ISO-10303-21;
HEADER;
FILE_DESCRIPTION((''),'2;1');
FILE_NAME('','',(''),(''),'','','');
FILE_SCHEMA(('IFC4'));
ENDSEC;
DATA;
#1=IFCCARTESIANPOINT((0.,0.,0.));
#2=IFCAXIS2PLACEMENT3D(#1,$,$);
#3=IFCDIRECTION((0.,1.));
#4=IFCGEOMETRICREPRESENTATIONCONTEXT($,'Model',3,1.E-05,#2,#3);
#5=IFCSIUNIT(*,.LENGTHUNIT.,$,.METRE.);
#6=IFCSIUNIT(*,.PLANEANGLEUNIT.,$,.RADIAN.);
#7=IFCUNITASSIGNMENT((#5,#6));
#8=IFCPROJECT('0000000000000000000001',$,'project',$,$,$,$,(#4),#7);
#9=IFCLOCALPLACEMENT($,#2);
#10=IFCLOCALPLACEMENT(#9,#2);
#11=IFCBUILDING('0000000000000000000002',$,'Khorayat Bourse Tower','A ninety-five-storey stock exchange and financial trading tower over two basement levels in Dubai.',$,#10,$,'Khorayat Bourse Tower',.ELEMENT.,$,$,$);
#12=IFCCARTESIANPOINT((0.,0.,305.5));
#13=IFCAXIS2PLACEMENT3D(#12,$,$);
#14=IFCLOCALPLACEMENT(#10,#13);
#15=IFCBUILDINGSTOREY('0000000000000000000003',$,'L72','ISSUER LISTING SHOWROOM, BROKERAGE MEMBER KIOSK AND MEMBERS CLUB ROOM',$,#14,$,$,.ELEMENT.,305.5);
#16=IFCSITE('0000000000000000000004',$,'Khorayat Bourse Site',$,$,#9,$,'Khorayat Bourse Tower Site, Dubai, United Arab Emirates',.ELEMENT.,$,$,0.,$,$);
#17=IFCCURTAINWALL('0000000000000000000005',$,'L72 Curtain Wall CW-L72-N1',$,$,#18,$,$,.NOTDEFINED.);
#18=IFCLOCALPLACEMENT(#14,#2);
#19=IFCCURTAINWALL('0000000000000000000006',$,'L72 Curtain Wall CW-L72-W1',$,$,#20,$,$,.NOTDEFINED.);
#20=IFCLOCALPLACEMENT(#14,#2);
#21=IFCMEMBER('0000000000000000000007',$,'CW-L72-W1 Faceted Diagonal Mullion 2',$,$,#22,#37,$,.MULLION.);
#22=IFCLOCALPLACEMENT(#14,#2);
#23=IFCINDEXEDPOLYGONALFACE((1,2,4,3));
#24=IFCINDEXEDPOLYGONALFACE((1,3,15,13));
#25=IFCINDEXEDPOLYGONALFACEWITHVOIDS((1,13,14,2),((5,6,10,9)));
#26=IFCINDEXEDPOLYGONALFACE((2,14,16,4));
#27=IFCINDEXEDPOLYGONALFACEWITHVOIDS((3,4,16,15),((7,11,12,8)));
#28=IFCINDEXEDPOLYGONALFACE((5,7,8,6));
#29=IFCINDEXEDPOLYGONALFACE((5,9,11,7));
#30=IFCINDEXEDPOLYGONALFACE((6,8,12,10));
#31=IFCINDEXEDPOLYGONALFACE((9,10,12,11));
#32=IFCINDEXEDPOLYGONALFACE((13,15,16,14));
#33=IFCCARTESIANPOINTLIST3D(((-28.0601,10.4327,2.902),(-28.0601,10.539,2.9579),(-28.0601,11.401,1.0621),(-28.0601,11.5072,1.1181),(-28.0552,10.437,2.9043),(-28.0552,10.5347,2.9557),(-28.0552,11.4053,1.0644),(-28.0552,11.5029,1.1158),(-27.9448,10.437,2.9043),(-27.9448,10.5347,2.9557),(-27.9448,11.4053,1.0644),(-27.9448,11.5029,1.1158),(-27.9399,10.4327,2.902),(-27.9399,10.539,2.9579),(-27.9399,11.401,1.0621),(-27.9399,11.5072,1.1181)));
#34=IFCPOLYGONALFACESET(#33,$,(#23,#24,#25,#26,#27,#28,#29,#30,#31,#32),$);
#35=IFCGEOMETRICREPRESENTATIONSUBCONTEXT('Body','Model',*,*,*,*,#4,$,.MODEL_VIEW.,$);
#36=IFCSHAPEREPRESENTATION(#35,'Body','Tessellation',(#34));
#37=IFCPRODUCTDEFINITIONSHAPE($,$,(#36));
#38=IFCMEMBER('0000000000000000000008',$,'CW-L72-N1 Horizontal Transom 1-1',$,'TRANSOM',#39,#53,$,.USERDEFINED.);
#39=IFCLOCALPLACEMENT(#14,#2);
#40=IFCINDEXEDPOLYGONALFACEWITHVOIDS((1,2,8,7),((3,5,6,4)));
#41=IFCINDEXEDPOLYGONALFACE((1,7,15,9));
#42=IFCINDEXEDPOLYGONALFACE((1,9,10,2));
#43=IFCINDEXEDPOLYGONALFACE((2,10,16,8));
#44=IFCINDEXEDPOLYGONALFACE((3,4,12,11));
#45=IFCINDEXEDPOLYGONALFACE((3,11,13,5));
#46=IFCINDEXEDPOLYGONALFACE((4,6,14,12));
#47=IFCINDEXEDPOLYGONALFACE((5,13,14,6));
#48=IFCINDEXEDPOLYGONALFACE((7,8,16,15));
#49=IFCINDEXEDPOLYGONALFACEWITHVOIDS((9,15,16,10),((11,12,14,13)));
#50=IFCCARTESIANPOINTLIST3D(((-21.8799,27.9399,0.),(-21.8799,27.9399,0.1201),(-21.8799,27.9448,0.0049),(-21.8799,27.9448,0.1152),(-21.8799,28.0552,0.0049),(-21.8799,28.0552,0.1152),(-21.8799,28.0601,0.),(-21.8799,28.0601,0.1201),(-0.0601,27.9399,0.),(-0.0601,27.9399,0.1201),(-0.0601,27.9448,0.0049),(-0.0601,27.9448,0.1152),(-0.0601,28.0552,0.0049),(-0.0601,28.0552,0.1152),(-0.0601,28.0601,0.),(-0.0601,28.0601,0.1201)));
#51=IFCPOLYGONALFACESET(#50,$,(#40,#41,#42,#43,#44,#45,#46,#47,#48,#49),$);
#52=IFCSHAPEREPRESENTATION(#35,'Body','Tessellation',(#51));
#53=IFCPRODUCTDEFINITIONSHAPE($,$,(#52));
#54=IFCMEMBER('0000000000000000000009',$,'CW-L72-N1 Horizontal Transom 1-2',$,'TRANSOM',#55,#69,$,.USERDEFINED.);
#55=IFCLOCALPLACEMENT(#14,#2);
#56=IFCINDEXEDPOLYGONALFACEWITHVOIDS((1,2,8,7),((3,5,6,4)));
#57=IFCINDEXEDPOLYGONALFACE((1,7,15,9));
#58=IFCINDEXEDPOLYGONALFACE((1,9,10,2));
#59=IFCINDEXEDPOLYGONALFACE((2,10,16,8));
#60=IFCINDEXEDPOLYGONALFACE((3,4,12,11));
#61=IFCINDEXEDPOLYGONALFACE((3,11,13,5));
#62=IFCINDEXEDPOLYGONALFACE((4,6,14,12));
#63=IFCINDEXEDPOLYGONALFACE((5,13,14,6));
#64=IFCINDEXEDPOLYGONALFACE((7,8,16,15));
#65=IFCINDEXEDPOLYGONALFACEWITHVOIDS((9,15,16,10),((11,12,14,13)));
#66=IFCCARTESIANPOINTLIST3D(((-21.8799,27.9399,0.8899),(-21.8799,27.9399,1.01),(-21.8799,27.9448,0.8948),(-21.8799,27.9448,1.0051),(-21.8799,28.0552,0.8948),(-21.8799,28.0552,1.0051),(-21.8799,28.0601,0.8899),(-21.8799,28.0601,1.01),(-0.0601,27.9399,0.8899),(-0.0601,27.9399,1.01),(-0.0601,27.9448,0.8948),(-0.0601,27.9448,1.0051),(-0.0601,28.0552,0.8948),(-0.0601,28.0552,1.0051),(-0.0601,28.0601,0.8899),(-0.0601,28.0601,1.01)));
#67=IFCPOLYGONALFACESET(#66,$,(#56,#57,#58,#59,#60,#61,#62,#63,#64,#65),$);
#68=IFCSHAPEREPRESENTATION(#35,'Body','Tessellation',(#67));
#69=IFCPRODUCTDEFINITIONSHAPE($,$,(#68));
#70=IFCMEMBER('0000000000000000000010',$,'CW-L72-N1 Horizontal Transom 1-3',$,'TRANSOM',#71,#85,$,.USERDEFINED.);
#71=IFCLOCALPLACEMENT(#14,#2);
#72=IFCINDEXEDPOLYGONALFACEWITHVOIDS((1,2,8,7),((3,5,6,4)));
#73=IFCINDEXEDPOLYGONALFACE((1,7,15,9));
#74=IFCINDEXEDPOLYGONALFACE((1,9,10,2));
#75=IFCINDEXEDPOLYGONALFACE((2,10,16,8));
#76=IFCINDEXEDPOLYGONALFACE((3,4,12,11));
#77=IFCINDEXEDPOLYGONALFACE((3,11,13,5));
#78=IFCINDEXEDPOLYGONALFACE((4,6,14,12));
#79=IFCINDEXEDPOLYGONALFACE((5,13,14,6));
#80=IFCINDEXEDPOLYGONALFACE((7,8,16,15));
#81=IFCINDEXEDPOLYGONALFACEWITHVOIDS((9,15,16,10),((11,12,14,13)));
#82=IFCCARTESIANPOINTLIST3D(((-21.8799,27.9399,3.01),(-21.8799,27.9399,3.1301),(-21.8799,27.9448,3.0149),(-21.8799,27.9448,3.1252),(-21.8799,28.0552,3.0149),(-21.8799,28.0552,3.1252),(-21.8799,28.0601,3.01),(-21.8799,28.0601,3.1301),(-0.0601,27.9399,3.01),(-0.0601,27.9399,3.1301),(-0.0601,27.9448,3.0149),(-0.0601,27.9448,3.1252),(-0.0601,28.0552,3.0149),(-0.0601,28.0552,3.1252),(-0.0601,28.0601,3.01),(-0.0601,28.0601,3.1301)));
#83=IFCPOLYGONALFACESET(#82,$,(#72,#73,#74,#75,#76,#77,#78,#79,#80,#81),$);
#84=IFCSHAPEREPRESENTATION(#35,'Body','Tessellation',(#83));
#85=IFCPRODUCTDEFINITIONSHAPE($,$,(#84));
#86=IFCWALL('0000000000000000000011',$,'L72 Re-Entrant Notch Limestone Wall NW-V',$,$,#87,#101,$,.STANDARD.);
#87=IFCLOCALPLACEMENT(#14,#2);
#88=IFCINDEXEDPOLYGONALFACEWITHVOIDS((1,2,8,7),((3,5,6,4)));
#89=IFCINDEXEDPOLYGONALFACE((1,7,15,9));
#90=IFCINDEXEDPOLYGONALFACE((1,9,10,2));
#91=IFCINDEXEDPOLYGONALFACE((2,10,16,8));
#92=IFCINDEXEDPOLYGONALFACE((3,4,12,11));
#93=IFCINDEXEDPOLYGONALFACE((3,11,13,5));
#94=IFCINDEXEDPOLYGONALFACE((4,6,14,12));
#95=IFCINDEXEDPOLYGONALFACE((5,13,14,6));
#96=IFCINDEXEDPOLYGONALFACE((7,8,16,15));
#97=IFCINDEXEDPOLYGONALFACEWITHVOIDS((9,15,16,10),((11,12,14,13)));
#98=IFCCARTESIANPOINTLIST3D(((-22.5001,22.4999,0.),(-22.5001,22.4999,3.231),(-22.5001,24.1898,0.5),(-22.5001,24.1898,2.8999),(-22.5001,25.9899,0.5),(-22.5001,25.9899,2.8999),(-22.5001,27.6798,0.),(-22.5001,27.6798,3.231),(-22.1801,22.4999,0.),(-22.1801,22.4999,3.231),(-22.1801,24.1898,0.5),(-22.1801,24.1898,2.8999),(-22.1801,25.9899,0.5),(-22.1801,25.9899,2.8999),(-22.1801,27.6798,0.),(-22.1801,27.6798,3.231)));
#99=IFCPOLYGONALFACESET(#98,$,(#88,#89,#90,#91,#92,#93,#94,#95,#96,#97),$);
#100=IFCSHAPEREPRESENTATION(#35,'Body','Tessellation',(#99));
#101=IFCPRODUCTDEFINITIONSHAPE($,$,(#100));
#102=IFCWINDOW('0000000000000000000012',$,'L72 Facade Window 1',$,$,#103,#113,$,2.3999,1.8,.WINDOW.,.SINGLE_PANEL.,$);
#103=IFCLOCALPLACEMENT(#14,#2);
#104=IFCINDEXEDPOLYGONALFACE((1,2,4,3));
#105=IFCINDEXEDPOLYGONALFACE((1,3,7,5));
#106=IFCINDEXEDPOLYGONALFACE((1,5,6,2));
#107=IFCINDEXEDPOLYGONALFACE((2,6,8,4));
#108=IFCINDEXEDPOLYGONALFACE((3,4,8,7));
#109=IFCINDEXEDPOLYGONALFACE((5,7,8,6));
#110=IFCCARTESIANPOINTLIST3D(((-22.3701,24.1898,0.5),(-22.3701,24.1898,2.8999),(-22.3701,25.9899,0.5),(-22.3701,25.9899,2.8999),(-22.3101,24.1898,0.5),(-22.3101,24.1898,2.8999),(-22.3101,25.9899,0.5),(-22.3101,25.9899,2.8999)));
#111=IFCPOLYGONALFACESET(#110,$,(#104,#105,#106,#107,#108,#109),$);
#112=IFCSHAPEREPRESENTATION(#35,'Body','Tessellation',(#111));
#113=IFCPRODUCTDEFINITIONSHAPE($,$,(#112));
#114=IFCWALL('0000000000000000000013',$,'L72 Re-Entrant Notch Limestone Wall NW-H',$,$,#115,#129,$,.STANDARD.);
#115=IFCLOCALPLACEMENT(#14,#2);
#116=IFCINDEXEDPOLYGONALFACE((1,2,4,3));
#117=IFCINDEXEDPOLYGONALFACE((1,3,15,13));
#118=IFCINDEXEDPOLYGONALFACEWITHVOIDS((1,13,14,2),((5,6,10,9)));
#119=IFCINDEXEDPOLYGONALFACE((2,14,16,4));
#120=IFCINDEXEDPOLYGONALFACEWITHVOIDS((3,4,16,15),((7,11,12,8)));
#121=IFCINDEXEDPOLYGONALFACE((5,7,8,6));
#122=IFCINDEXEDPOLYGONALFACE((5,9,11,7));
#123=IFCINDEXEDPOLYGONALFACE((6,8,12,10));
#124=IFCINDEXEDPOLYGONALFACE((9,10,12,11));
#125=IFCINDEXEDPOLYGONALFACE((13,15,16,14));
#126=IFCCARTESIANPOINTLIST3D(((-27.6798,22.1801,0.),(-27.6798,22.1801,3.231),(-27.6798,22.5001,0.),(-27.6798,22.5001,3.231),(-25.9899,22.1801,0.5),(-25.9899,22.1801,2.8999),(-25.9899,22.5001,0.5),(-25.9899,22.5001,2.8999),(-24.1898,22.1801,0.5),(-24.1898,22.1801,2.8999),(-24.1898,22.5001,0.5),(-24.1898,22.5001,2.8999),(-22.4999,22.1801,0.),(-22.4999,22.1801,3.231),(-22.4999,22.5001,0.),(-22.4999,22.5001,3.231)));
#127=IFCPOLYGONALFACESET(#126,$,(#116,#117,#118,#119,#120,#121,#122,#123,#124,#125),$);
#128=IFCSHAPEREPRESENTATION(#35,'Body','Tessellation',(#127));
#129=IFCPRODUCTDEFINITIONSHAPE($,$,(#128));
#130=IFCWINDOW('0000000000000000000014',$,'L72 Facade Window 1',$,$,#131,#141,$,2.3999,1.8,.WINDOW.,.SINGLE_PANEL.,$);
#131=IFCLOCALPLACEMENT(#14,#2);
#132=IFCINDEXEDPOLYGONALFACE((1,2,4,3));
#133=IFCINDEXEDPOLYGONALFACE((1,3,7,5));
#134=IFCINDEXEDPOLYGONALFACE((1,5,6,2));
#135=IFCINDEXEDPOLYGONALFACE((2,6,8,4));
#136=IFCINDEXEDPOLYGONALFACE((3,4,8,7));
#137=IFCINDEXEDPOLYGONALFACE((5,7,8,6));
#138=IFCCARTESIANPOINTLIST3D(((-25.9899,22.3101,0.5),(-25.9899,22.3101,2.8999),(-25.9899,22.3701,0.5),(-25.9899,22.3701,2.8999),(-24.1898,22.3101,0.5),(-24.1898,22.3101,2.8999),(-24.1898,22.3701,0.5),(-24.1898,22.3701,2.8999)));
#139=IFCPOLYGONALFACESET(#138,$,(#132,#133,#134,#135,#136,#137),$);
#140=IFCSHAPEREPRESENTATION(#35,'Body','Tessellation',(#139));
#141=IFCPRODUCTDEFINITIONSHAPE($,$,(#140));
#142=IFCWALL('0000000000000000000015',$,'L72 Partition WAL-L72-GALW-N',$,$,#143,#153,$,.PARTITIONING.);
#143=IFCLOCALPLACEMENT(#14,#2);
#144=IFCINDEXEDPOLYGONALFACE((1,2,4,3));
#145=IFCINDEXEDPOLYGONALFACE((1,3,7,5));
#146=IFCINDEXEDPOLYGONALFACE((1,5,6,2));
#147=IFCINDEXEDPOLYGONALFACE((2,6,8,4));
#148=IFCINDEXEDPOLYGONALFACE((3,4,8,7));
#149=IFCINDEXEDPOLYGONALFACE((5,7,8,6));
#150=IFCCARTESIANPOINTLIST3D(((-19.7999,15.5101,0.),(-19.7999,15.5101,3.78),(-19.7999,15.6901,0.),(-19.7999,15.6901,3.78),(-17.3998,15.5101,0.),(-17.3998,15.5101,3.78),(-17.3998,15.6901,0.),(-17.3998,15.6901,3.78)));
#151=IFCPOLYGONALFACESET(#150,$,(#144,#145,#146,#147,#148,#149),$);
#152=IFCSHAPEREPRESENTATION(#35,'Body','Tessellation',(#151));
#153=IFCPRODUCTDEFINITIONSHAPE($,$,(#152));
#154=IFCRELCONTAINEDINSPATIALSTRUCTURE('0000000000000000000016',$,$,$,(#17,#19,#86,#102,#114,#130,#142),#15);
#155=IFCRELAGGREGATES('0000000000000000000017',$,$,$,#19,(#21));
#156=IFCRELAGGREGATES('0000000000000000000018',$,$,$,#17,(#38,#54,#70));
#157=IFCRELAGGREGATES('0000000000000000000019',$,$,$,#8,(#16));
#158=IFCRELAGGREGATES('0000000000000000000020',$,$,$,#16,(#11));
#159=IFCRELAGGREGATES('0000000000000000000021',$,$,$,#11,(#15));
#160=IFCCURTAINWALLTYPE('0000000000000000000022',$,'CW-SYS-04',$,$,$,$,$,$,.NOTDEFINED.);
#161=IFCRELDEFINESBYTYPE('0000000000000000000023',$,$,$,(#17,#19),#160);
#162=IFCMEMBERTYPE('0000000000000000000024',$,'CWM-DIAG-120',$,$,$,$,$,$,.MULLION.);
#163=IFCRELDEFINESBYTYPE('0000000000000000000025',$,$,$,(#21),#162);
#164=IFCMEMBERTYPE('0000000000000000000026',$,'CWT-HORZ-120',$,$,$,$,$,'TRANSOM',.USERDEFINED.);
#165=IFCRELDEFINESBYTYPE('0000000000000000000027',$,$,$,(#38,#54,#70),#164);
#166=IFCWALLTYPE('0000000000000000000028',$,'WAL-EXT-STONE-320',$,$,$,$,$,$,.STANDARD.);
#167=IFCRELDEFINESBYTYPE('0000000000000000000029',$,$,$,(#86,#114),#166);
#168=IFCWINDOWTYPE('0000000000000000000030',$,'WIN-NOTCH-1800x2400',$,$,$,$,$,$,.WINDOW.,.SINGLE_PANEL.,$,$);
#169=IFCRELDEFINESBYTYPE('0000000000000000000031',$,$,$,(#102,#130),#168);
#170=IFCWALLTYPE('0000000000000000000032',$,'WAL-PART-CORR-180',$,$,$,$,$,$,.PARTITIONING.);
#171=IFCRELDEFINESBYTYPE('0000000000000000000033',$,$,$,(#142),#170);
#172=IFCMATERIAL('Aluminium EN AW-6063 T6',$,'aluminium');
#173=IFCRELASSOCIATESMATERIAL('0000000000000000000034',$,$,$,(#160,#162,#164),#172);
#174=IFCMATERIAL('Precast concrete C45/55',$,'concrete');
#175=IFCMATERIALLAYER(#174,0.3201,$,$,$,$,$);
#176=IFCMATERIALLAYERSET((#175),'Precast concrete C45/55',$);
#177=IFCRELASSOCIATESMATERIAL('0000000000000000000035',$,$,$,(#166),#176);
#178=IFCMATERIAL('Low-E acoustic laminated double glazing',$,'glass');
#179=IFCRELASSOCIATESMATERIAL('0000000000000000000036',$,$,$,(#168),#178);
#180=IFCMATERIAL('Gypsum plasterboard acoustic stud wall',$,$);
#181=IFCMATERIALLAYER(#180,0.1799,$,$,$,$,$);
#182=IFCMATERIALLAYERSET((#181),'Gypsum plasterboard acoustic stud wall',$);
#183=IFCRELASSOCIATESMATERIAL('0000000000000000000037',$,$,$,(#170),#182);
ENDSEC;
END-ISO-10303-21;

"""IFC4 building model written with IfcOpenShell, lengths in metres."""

from ifc_helpers import new_model, si_unit, direction, frame, frame_2d, origin, origin_2d, place, context, subcontext, project, spatial, rectangle, hollow_rectangle, extrude, source, transform, mapped, material, layer, layer_set, material_profile, profile_set, type_object, element, fill, aggregate, save


model = new_model("IFC4")

# Units and contexts
model_context = context("Model", 3, precision=1e-05, world=origin(), true_north=direction((0.0, 1.0)))
body_context = subcontext(model_context, "Body", "Model", "MODEL_VIEW")
ifc_project = project(units=[si_unit("LENGTHUNIT", "METRE"), si_unit("PLANEANGLEUNIT", "RADIAN")], contexts=[model_context])

# Site, building, storey
site_placement = place(None, origin())
site = spatial("IfcSite", under=ifc_project, at=site_placement, Name="Khorayat Bourse Site", LongName="Khorayat Bourse Tower Site, Dubai, United Arab Emirates", CompositionType="ELEMENT", RefElevation=0.0)
building_placement = place(site_placement, origin())
building = spatial("IfcBuilding", under=site, at=building_placement, Name="Khorayat Bourse Tower", Description="A ninety-five-storey stock exchange and financial trading tower over two basement levels in Dubai.", LongName="Khorayat Bourse Tower", CompositionType="ELEMENT")
storey_placement = place(building_placement, frame((0.0, 0.0, 305.5)))
storey = spatial("IfcBuildingStorey", under=building, at=storey_placement, Name="L72", Description="ISSUER LISTING SHOWROOM, BROKERAGE MEMBER KIOSK AND MEMBERS CLUB ROOM", CompositionType="ELEMENT", Elevation=305.5)

# Curtain wall
ifc_material_1 = material(Name="Aluminium EN AW-6063 T6", Category="aluminium")
curtain_wall_type = type_object("IfcCurtainWallType", Name="CW-SYS-04", PredefinedType="NOTDEFINED", material=ifc_material_1)
curtain_wall_1_placement = place(storey_placement, origin())
curtain_wall_1 = element("IfcCurtainWall", 1, at=curtain_wall_1_placement, inside=storey, type_object=curtain_wall_type, Name="L72 Curtain Wall CW-L72-N1", PredefinedType="NOTDEFINED")

# Curtain wall, member
curtain_wall_2_placement = place(storey_placement, origin())
curtain_wall_2 = element("IfcCurtainWall", 2, at=curtain_wall_2_placement, inside=storey, type_object=curtain_wall_type, Name="L72 Curtain Wall CW-L72-W1", PredefinedType="NOTDEFINED")
ifc_material_profile_1 = material_profile(ifc_material_1, hollow_rectangle(XDim=0.1201, YDim=0.1201, WallThickness=0.0049, at=origin_2d()), Name="ALU 120x120x5")
ifc_profile_set_1 = profile_set([ifc_material_profile_1], Name="Aluminium EN AW-6063 T6")
member_type_1 = type_object("IfcMemberType", Name="CWM-DIAG-120", PredefinedType="MULLION", material=ifc_profile_set_1)
shared_shape_1 = source(origin(), body_context, "Body", "SweptSolid", [
    extrude(hollow_rectangle(XDim=0.1201, YDim=0.1201, WallThickness=0.0049, at=origin_2d()), origin(), (0.0, 0.0, 1.0), 2.0791),
])
member_1_placement = place(storey_placement, frame((-28.0, 11.4541, 1.0901), z_axis=(0.0, -0.465717, 0.884934), x_axis=(1.0, 0.0, 0.0)))
member_1 = element("IfcMember", 3, at=member_1_placement, type_object=member_type_1, Name="CW-L72-W1 Faceted Diagonal Mullion 2", PredefinedType="MULLION", context=body_context, shape_type="MappedRepresentation", body=[
    mapped(shared_shape_1, transform((0.0, 0.0, 0.0), scale=1.0)),
])
aggregate(curtain_wall_2, [member_1])

# Members
ifc_material_profile_2 = material_profile(ifc_material_1, hollow_rectangle(XDim=0.1201, YDim=0.1201, WallThickness=0.0049, at=origin_2d()), Name="ALU 120x120x5")
ifc_profile_set_2 = profile_set([ifc_material_profile_2], Name="Aluminium EN AW-6063 T6")
member_type_2 = type_object("IfcMemberType", Name="CWT-HORZ-120", ElementType="TRANSOM", PredefinedType="USERDEFINED", material=ifc_profile_set_2)
shared_shape_2 = source(origin(), body_context, "Body", "SweptSolid", [
    extrude(hollow_rectangle(XDim=0.1201, YDim=0.1201, WallThickness=0.0049, at=origin_2d()), origin(), (0.0, 0.0, 1.0), 21.8198),
])
member_2_placement = place(storey_placement, frame((-21.8799, 28.0, 0.0601), z_axis=(1.0, 0.0, 0.0), x_axis=(0.0, 1.0, 0.0)))
member_2 = element("IfcMember", 4, at=member_2_placement, type_object=member_type_2, Name="CW-L72-N1 Horizontal Transom 1-1", ObjectType="TRANSOM", PredefinedType="USERDEFINED", context=body_context, shape_type="MappedRepresentation", body=[
    mapped(shared_shape_2, transform((0.0, 0.0, 0.0), scale=1.0)),
])
member_3_placement = place(storey_placement, frame((-21.8799, 28.0, 0.95), z_axis=(1.0, 0.0, 0.0), x_axis=(0.0, 1.0, 0.0)))
member_3 = element("IfcMember", 5, at=member_3_placement, type_object=member_type_2, Name="CW-L72-N1 Horizontal Transom 1-2", ObjectType="TRANSOM", PredefinedType="USERDEFINED", context=body_context, shape_type="MappedRepresentation", body=[
    mapped(shared_shape_2, transform((0.0, 0.0, 0.0), scale=1.0)),
])
member_4_placement = place(storey_placement, frame((-21.8799, 28.0, 3.0701), z_axis=(1.0, 0.0, 0.0), x_axis=(0.0, 1.0, 0.0)))
member_4 = element("IfcMember", 6, at=member_4_placement, type_object=member_type_2, Name="CW-L72-N1 Horizontal Transom 1-3", ObjectType="TRANSOM", PredefinedType="USERDEFINED", context=body_context, shape_type="MappedRepresentation", body=[
    mapped(shared_shape_2, transform((0.0, 0.0, 0.0), scale=1.0)),
])
aggregate(curtain_wall_1, [member_2, member_3, member_4])

# Walls, openings, windows
ifc_material_2 = material(Name="Precast concrete C45/55", Category="concrete")
ifc_layer_1 = layer(ifc_material_2, 0.3201)
ifc_layer_set_1 = layer_set([ifc_layer_1], Name="Precast concrete C45/55")
wall_type_1 = type_object("IfcWallType", Name="WAL-EXT-STONE-320", PredefinedType="STANDARD", material=ifc_layer_set_1)
shared_shape_3 = source(origin(), body_context, "Body", "SweptSolid", [
    extrude(rectangle(XDim=5.1799, YDim=0.3201, at=frame_2d((2.5898, 0.0))), origin(), (0.0, 0.0, 1.0), 3.231),
])
wall_1_placement = place(storey_placement, frame((-22.3401, 22.5, 0.0), z_axis=(0.0, 0.0, 1.0), x_axis=(0.0, 1.0, 0.0)))
wall_1 = element("IfcWall", 7, at=wall_1_placement, inside=storey, type_object=wall_type_1, Name="L72 Re-Entrant Notch Limestone Wall NW-V", PredefinedType="STANDARD", context=body_context, shape_type="MappedRepresentation", body=[
    mapped(shared_shape_3, transform((0.0, 0.0, 0.0), scale=1.0)),
])
shared_shape_4 = source(origin(), body_context, "Body", "SweptSolid", [
    extrude(rectangle(XDim=1.8, YDim=2.3999, at=frame_2d((0.8999, 1.2))), frame((0.0, 0.1699, 0.0), z_axis=(0.0, -1.0, 0.0), x_axis=(1.0, 0.0, 0.0)), (0.0, 0.0, 1.0), 0.3401),
])
opening_1_placement = place(wall_1_placement, frame((1.6899, 0.0, 0.5)))
opening_1 = element("IfcOpeningElement", 8, at=opening_1_placement, cuts=wall_1, PredefinedType="OPENING", context=body_context, shape_type="MappedRepresentation", body=[
    mapped(shared_shape_4, transform((0.0, 0.0, 0.0), scale=1.0)),
])
ifc_material_3 = material(Name="Low-E acoustic laminated double glazing", Category="glass")
window_type = type_object("IfcWindowType", Name="WIN-NOTCH-1800x2400", PartitioningType="SINGLE_PANEL", PredefinedType="WINDOW", material=ifc_material_3)
shared_shape_5 = source(origin(), body_context, "Body", "SweptSolid", [
    extrude(rectangle(XDim=1.8, YDim=2.3999, at=frame_2d((0.8999, 1.2))), frame((0.0, 0.03, 0.0), z_axis=(0.0, -1.0, 0.0), x_axis=(1.0, 0.0, 0.0)), (0.0, 0.0, 1.0), 0.0601),
])
window_1_placement = place(opening_1_placement, origin())
window_1 = element("IfcWindow", 9, at=window_1_placement, inside=storey, type_object=window_type, Name="L72 Facade Window 1", OverallHeight=2.3999, OverallWidth=1.8, PartitioningType="SINGLE_PANEL", PredefinedType="WINDOW", context=body_context, shape_type="MappedRepresentation", body=[
    mapped(shared_shape_5, transform((0.0, 0.0, 0.0), scale=1.0)),
])
fill(opening_1, window_1)
wall_2_placement = place(storey_placement, frame((-22.5, 22.3401, 0.0), z_axis=(0.0, 0.0, 1.0), x_axis=(-1.0, 0.0, 0.0)))
wall_2 = element("IfcWall", 10, at=wall_2_placement, inside=storey, type_object=wall_type_1, Name="L72 Re-Entrant Notch Limestone Wall NW-H", PredefinedType="STANDARD", context=body_context, shape_type="MappedRepresentation", body=[
    mapped(shared_shape_3, transform((0.0, 0.0, 0.0), scale=1.0)),
])
opening_2_placement = place(wall_2_placement, frame((1.6899, 0.0, 0.5)))
opening_2 = element("IfcOpeningElement", 11, at=opening_2_placement, cuts=wall_2, PredefinedType="OPENING", context=body_context, shape_type="MappedRepresentation", body=[
    mapped(shared_shape_4, transform((0.0, 0.0, 0.0), scale=1.0)),
])
window_2_placement = place(opening_2_placement, origin())
window_2 = element("IfcWindow", 12, at=window_2_placement, inside=storey, type_object=window_type, Name="L72 Facade Window 1", OverallHeight=2.3999, OverallWidth=1.8, PartitioningType="SINGLE_PANEL", PredefinedType="WINDOW", context=body_context, shape_type="MappedRepresentation", body=[
    mapped(shared_shape_5, transform((0.0, 0.0, 0.0), scale=1.0)),
])
fill(opening_2, window_2)

# Wall
ifc_material_4 = material(Name="Gypsum plasterboard acoustic stud wall")
ifc_layer_2 = layer(ifc_material_4, 0.1799)
ifc_layer_set_2 = layer_set([ifc_layer_2], Name="Gypsum plasterboard acoustic stud wall")
wall_type_2 = type_object("IfcWallType", Name="WAL-PART-CORR-180", PredefinedType="PARTITIONING", material=ifc_layer_set_2)
shared_shape_6 = source(origin(), body_context, "Body", "SweptSolid", [
    extrude(rectangle(XDim=2.4001, YDim=0.1799, at=frame_2d((1.2002, 0.0))), origin(), (0.0, 0.0, 1.0), 3.78),
])
wall_3_placement = place(storey_placement, frame((-19.8, 15.6001, 0.0), z_axis=(0.0, 0.0, 1.0), x_axis=(1.0, 0.0, 0.0)))
element("IfcWall", 13, at=wall_3_placement, inside=storey, type_object=wall_type_2, Name="L72 Partition WAL-L72-GALW-N", PredefinedType="PARTITIONING", context=body_context, shape_type="MappedRepresentation", body=[
    mapped(shared_shape_6, transform((0.0, 0.0, 0.0), scale=1.0)),
])

save(model, "model.ifc")
